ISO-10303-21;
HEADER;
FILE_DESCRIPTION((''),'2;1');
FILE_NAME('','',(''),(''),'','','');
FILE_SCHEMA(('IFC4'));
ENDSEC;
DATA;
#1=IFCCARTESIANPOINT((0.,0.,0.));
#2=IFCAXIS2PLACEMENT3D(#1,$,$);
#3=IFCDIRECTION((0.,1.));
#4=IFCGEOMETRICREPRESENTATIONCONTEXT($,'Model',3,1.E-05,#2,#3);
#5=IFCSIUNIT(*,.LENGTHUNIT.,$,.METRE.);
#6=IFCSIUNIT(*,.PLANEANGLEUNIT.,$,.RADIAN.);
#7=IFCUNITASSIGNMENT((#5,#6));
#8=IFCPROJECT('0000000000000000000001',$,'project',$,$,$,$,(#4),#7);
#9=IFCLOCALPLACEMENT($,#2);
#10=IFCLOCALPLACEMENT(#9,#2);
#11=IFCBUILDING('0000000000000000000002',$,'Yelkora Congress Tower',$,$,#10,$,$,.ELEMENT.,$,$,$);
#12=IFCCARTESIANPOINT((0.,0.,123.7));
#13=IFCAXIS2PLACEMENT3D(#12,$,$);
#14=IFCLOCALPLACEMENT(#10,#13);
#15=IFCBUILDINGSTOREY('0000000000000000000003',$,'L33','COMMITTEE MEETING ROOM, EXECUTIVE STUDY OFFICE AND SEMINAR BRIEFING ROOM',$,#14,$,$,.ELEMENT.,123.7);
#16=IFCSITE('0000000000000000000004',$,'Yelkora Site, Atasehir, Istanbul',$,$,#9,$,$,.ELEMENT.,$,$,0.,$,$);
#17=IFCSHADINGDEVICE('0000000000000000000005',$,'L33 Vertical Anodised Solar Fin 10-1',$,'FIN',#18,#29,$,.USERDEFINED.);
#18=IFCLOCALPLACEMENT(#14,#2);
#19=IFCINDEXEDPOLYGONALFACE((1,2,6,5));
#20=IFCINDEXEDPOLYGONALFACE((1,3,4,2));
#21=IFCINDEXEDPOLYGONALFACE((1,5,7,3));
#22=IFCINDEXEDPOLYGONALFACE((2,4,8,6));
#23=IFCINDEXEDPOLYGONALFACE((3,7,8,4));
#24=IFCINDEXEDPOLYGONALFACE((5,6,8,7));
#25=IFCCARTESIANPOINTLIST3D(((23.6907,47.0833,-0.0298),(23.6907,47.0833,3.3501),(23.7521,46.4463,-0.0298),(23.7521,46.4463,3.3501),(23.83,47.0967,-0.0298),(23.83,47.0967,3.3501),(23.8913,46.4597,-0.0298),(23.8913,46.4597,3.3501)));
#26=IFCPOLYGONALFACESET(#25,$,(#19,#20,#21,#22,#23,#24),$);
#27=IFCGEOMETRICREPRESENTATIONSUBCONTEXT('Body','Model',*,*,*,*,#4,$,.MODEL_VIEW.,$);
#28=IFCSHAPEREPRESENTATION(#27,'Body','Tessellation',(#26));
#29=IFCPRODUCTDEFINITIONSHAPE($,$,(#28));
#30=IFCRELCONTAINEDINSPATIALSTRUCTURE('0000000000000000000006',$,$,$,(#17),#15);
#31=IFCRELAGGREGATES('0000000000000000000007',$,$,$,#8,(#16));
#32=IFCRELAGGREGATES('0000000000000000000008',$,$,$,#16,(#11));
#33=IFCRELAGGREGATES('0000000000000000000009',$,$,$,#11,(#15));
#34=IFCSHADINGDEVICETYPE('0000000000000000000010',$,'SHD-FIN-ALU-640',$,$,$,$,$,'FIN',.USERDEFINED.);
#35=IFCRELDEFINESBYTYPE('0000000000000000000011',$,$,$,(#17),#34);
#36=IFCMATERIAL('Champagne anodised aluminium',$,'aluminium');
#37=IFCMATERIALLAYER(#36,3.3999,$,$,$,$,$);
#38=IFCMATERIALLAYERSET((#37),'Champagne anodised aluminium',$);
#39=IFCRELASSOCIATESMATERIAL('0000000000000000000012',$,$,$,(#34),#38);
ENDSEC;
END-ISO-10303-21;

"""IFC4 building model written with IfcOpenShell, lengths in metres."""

from ifc_helpers import new_model, si_unit, direction, frame, origin, origin_2d, place, context, subcontext, project, spatial, rectangle, extrude, material, layer, layer_set, type_object, element, save


model = new_model("IFC4")

# Units and contexts
model_context = context("Model", 3, precision=1e-05, world=origin(), true_north=direction((0.0, 1.0)))
body_context = subcontext(model_context, "Body", "Model", "MODEL_VIEW")
ifc_project = project(units=[si_unit("LENGTHUNIT", "METRE"), si_unit("PLANEANGLEUNIT", "RADIAN")], contexts=[model_context])

# Site, building, storey
site_placement = place(None, origin())
site = spatial("IfcSite", under=ifc_project, at=site_placement, Name="Yelkora Site, Atasehir, Istanbul", CompositionType="ELEMENT", RefElevation=0.0)
building_placement = place(site_placement, origin())
building = spatial("IfcBuilding", under=site, at=building_placement, Name="Yelkora Congress Tower", CompositionType="ELEMENT")
storey_placement = place(building_placement, frame((0.0, 0.0, 123.7)))
storey = spatial("IfcBuildingStorey", under=building, at=storey_placement, Name="L33", Description="COMMITTEE MEETING ROOM, EXECUTIVE STUDY OFFICE AND SEMINAR BRIEFING ROOM", CompositionType="ELEMENT", Elevation=123.7)

# Shading device
ifc_material_1 = material(Name="Champagne anodised aluminium", Category="aluminium")
ifc_layer_1 = layer(ifc_material_1, 3.3999)
ifc_layer_set_1 = layer_set([ifc_layer_1], Name="Champagne anodised aluminium")
shading_device_type = type_object("IfcShadingDeviceType", Name="SHD-FIN-ALU-640", ElementType="FIN", PredefinedType="USERDEFINED", material=ifc_layer_set_1)
shading_device_placement = place(storey_placement, frame((23.791, 46.7715, -0.0298), z_axis=(0.0, 0.0, 1.0), x_axis=(0.995396, 0.095846, 0.0)))
element("IfcShadingDevice", 1, at=shading_device_placement, inside=storey, type_object=shading_device_type, Name="L33 Vertical Anodised Solar Fin 10-1", ObjectType="FIN", PredefinedType="USERDEFINED", context=body_context, shape_type="SweptSolid", body=[
    extrude(rectangle(XDim=0.1399, YDim=0.6399, at=origin_2d()), origin(), (0.0, 0.0, 1.0), 3.3799),
])

save(model, "model.ifc")
